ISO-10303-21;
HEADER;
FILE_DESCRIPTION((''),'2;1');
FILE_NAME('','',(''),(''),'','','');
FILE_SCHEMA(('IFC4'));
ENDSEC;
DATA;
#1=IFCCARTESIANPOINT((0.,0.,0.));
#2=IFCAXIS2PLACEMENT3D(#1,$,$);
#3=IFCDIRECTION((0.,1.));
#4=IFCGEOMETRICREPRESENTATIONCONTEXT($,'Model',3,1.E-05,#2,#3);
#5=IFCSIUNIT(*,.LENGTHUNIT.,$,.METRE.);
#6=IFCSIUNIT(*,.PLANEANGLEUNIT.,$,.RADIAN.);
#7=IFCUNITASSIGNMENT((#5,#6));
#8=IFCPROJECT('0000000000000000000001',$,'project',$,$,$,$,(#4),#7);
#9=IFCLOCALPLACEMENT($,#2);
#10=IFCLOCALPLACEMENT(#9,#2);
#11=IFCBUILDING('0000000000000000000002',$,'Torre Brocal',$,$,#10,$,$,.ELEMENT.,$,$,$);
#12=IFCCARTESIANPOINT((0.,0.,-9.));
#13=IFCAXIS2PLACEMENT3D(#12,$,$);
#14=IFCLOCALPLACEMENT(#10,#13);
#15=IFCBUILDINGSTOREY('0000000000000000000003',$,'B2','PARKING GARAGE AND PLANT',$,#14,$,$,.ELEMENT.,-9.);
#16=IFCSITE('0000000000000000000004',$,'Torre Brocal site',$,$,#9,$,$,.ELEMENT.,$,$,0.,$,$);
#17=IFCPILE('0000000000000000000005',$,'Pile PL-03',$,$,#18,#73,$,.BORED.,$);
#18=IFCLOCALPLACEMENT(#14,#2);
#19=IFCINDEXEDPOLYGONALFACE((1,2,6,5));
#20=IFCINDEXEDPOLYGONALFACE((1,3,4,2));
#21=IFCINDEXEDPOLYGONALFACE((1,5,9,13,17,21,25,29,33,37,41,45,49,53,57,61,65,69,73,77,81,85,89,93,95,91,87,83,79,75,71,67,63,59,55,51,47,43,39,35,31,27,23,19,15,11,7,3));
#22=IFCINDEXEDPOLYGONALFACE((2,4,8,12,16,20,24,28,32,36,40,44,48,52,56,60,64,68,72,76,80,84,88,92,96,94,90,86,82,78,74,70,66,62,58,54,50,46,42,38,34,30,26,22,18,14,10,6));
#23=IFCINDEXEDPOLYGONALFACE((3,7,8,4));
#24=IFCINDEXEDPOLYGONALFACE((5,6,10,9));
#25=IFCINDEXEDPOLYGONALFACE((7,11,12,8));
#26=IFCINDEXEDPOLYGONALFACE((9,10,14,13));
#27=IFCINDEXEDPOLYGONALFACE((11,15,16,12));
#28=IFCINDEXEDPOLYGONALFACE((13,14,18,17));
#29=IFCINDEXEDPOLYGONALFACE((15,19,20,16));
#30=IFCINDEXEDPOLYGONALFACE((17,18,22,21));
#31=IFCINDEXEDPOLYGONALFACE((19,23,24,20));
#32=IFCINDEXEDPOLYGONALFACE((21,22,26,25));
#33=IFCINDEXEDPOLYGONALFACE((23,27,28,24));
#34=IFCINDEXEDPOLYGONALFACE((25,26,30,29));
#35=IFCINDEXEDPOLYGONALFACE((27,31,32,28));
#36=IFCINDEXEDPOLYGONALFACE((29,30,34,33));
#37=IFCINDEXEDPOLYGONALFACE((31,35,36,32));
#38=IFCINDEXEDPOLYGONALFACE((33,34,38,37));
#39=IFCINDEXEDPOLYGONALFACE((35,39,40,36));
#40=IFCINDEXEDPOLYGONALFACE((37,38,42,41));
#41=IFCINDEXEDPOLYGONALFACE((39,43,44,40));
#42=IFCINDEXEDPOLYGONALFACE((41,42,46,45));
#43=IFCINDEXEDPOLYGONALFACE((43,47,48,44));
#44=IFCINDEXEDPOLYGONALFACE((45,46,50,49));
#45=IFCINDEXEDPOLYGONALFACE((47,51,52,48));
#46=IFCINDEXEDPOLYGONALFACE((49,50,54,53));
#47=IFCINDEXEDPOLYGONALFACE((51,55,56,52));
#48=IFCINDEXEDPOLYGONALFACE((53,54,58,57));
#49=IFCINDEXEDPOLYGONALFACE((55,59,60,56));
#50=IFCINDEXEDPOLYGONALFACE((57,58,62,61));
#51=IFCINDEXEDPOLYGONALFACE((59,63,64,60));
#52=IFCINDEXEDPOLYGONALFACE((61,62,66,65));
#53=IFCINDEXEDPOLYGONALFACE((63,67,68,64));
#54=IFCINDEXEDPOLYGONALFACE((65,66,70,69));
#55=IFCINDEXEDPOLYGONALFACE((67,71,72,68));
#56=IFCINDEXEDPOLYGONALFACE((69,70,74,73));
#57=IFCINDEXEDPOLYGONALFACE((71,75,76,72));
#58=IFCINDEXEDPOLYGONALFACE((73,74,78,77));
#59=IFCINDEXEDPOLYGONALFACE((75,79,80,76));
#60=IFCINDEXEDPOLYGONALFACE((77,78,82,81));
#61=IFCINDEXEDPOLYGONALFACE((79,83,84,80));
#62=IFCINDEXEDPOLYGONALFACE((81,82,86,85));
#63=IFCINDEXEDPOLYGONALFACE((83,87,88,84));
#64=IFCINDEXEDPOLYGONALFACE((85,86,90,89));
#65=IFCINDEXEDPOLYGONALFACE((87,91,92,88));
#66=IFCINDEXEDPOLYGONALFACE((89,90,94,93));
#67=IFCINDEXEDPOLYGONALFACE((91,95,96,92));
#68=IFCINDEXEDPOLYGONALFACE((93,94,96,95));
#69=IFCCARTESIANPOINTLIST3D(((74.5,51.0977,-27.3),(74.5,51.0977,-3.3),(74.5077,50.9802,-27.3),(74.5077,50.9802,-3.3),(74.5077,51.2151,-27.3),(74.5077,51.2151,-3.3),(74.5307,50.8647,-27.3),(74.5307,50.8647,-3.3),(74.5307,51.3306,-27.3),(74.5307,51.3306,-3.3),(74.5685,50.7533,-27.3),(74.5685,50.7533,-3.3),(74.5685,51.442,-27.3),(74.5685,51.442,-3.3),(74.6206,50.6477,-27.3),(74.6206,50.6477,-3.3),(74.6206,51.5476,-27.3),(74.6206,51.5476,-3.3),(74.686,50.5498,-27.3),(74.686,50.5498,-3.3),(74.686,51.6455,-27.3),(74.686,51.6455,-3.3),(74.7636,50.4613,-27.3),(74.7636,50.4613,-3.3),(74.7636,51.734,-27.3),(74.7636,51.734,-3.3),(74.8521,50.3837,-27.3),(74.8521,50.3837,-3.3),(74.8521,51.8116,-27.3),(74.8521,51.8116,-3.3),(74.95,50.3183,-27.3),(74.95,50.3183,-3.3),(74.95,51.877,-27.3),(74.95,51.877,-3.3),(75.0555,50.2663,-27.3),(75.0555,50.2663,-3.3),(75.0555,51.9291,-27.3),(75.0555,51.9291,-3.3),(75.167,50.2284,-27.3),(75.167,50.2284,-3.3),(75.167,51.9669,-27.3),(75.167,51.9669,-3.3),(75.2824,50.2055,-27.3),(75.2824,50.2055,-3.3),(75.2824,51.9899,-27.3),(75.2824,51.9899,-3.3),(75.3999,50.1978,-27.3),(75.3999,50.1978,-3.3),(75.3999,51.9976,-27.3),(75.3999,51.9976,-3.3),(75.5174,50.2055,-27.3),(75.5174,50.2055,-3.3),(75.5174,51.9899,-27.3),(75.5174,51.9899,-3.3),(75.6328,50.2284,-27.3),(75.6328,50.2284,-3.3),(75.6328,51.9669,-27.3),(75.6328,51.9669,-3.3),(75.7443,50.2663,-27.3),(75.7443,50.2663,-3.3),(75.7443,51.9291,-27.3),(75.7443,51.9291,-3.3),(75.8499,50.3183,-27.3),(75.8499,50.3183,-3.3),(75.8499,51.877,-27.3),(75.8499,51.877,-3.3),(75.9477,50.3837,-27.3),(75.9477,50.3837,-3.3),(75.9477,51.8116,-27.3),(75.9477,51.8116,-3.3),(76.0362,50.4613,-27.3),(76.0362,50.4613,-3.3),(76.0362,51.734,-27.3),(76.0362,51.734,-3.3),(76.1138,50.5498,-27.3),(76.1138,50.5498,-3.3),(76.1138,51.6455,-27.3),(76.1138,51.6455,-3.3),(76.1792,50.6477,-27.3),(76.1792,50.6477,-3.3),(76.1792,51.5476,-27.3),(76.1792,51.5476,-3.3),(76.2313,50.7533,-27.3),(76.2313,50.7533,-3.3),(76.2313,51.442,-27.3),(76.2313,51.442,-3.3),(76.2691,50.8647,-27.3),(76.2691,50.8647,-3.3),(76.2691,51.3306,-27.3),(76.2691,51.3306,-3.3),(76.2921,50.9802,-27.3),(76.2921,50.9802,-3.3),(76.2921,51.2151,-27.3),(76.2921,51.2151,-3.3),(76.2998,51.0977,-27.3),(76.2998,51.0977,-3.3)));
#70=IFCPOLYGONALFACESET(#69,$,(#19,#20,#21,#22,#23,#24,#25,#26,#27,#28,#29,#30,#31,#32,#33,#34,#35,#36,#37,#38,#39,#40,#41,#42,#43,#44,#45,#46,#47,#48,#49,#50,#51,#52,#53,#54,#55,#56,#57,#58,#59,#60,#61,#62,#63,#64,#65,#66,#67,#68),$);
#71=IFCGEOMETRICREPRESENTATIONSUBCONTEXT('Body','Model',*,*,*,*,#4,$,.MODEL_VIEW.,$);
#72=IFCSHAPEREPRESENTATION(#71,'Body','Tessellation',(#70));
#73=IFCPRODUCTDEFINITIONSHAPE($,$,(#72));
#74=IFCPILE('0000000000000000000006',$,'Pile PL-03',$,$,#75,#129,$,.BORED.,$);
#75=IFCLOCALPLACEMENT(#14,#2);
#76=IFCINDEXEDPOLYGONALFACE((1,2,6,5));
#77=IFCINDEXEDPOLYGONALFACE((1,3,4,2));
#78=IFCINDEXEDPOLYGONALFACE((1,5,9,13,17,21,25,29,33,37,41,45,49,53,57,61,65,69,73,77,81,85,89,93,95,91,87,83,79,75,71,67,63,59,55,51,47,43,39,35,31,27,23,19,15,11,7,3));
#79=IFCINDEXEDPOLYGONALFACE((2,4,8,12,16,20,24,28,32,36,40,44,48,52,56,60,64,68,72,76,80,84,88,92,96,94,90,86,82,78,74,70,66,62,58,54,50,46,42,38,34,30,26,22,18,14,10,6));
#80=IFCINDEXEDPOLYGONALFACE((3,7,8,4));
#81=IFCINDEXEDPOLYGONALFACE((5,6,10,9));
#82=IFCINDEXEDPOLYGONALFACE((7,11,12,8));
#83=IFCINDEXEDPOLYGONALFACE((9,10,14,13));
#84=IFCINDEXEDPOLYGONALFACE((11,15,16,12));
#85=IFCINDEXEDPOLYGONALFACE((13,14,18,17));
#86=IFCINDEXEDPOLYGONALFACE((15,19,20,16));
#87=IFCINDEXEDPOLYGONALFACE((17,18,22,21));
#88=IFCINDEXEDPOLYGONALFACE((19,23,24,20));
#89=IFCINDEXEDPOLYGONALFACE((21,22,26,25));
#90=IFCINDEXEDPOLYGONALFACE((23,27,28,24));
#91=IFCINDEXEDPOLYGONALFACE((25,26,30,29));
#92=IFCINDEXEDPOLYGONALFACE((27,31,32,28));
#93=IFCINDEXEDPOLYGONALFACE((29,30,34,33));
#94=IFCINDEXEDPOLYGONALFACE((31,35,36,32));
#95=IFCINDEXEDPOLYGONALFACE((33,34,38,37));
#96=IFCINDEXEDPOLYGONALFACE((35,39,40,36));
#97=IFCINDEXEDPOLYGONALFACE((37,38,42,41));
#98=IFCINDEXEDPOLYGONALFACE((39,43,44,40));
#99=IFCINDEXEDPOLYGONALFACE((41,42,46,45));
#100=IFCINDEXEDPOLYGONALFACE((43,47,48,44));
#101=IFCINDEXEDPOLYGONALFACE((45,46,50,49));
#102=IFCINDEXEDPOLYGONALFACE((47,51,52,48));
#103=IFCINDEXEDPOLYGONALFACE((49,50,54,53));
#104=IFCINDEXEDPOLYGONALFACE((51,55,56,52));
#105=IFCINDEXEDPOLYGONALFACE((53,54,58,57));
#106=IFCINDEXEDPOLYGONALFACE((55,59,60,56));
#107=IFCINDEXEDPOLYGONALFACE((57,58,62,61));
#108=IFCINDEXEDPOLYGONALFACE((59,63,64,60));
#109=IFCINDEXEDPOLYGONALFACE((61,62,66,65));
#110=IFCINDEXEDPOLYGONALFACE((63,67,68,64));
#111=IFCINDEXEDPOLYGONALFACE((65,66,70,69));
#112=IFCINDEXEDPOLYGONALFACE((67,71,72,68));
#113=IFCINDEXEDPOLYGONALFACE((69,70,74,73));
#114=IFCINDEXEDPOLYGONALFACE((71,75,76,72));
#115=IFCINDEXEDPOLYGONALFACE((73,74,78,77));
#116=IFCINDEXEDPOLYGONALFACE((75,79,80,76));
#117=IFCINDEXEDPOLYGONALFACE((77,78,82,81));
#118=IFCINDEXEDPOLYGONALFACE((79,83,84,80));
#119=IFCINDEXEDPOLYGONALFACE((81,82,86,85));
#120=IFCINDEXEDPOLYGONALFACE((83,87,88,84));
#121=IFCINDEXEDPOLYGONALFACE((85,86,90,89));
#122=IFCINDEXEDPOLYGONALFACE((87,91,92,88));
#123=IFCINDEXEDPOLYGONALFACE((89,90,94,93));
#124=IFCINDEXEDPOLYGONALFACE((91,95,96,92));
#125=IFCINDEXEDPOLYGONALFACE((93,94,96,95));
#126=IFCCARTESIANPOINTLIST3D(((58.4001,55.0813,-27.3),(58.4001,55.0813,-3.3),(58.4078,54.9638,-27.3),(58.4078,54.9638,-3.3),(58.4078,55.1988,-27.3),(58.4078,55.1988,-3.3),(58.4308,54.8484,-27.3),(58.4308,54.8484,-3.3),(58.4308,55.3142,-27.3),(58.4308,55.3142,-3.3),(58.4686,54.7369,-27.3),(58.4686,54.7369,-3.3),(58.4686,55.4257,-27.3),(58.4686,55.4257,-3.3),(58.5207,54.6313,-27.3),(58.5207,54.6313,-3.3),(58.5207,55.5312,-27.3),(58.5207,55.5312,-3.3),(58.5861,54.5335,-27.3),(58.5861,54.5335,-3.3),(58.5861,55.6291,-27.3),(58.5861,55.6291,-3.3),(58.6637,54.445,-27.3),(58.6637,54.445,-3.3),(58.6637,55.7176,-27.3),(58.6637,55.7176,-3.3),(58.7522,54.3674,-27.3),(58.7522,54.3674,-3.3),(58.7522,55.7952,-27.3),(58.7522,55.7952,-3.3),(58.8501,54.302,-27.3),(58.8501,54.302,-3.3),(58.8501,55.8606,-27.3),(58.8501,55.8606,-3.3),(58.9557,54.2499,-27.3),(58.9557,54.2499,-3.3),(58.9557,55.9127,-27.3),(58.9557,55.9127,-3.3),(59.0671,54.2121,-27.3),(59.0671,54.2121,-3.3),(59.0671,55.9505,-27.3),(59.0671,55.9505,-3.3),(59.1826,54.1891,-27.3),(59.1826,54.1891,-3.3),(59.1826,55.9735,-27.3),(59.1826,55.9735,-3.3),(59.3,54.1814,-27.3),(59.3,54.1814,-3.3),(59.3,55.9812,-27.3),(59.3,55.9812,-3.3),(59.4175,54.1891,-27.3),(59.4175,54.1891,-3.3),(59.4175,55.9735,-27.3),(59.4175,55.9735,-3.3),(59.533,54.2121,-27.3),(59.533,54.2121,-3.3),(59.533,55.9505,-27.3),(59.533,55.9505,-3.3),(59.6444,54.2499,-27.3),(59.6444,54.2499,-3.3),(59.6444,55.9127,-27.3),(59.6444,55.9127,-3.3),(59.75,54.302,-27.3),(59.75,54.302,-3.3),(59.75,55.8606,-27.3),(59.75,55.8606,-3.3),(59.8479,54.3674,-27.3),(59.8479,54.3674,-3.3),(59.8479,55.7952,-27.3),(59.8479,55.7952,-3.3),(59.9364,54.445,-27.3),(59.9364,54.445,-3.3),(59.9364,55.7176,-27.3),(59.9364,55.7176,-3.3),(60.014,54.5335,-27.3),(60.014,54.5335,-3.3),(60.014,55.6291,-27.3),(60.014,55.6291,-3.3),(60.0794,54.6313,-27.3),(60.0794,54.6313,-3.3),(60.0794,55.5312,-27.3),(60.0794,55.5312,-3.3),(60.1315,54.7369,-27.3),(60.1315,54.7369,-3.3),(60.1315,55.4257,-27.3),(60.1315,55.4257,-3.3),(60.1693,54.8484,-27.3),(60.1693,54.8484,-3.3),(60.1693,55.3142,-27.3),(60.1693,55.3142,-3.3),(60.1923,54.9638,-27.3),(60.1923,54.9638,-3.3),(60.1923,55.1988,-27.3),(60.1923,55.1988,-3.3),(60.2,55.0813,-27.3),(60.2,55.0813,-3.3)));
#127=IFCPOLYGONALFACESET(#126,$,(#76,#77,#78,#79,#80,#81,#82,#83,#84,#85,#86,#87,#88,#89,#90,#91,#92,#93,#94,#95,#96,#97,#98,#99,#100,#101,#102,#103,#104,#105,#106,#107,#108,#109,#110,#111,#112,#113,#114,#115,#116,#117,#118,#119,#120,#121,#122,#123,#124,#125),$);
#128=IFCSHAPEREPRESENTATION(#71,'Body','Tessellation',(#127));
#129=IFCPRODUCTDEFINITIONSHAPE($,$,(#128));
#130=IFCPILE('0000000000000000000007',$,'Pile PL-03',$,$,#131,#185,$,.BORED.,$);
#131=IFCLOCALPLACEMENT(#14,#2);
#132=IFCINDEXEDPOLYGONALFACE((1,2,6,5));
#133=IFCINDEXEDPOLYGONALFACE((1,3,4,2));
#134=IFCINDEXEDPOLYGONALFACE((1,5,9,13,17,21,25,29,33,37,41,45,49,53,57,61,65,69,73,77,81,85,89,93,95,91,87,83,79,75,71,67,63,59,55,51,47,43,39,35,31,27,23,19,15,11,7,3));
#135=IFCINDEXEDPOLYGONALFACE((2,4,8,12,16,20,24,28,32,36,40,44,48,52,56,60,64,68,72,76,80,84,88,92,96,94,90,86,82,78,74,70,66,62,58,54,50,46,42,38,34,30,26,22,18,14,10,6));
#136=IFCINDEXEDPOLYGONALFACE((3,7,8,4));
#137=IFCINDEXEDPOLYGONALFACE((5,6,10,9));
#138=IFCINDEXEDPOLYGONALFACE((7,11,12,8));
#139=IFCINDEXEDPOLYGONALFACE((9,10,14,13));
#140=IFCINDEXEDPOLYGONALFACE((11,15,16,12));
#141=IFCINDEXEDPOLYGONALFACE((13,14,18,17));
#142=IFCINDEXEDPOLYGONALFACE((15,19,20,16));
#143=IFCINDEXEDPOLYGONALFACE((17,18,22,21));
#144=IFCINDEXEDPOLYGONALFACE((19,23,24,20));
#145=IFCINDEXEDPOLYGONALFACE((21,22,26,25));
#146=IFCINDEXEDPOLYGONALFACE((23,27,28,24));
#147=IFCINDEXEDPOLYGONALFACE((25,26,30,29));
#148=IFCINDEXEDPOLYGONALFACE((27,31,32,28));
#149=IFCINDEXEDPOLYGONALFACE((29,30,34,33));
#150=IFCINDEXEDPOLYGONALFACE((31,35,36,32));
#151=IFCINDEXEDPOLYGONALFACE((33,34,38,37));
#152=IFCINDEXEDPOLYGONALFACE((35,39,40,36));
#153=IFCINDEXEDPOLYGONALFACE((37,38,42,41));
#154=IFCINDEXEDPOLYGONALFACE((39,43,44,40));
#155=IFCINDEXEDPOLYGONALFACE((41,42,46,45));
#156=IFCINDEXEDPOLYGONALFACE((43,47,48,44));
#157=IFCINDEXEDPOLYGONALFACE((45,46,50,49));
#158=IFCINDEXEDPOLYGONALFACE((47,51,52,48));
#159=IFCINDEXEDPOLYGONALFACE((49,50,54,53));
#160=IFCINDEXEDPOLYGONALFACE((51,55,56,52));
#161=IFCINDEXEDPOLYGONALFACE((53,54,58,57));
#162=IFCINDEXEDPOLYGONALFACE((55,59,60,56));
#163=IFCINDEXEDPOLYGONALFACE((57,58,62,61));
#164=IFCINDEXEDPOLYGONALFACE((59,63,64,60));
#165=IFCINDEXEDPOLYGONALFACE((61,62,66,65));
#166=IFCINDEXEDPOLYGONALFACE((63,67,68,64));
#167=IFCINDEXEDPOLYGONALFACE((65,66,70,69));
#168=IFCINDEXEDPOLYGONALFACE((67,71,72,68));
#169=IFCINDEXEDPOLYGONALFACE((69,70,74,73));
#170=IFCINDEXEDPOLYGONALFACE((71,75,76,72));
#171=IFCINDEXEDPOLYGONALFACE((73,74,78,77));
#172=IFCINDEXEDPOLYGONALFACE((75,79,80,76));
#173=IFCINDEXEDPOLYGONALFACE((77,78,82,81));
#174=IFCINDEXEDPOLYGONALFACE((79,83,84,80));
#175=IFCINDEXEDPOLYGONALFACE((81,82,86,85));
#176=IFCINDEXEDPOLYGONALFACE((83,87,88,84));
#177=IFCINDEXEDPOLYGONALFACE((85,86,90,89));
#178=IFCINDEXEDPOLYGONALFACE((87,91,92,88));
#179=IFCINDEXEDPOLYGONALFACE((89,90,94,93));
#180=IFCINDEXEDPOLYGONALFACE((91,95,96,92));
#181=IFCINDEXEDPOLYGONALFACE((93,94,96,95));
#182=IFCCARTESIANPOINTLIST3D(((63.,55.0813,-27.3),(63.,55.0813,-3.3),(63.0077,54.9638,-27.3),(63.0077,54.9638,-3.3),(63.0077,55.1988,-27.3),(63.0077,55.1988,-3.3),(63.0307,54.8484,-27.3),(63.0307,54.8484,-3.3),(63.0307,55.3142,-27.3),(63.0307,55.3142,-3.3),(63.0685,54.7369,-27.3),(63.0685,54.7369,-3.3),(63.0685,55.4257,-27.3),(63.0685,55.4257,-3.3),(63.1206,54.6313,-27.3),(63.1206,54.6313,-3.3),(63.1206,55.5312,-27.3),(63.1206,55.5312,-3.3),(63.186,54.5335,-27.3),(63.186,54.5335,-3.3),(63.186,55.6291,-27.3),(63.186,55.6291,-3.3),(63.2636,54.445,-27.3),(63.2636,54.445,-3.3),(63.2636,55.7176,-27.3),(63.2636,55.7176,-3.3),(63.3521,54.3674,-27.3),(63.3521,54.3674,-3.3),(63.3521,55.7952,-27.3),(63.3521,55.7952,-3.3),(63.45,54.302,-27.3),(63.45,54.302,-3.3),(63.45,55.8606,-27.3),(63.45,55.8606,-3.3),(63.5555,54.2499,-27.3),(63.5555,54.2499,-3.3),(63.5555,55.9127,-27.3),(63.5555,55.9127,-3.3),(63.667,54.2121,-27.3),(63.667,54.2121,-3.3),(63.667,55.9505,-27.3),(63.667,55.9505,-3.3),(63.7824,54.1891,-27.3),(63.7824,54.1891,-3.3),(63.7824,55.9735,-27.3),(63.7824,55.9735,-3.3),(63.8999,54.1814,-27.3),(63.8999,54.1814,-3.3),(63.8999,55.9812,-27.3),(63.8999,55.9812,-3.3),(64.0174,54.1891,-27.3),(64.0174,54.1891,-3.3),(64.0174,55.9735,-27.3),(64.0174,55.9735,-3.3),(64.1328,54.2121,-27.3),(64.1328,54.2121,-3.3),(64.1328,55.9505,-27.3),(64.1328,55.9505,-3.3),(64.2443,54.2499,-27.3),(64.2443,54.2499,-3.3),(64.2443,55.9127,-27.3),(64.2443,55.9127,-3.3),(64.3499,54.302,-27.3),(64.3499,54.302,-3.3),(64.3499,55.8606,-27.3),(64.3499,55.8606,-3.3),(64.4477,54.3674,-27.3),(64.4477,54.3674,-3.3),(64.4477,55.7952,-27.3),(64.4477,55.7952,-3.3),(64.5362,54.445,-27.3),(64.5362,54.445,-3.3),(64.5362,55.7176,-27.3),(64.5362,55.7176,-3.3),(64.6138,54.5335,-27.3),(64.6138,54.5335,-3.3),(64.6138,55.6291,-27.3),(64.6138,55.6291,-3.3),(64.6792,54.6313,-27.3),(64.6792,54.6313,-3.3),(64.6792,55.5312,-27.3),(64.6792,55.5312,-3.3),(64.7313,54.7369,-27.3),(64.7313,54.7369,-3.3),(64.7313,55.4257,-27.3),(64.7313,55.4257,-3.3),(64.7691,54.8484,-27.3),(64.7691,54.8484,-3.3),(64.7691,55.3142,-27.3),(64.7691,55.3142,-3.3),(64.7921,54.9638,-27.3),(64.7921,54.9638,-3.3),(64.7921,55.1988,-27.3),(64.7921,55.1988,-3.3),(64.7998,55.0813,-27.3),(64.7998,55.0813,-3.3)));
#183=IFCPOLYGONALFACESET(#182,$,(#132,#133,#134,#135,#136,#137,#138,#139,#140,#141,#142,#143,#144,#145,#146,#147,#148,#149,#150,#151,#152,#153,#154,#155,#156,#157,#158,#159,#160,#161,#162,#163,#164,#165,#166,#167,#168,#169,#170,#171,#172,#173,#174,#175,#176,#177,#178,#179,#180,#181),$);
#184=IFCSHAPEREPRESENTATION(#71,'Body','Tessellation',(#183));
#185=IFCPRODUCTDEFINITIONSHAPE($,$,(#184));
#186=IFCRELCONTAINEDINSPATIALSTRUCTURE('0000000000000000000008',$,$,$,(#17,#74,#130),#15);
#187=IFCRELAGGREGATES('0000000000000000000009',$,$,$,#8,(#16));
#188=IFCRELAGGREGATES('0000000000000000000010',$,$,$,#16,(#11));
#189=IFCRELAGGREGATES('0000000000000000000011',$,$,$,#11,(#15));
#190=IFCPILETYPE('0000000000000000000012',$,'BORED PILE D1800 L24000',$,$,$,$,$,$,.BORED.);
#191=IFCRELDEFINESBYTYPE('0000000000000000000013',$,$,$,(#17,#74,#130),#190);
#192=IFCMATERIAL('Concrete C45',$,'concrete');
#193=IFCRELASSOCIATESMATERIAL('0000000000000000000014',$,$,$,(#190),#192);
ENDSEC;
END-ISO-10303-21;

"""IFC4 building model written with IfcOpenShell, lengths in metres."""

from ifc_helpers import new_model, si_unit, direction, frame, origin, origin_2d, place, context, subcontext, project, spatial, circle, extrude, material, material_profile, profile_set, type_object, element, save


model = new_model("IFC4")

# Units and contexts
model_context = context("Model", 3, precision=1e-05, world=origin(), true_north=direction((0.0, 1.0)))
body_context = subcontext(model_context, "Body", "Model", "MODEL_VIEW")
ifc_project = project(units=[si_unit("LENGTHUNIT", "METRE"), si_unit("PLANEANGLEUNIT", "RADIAN")], contexts=[model_context])

# Site, building, storey
site_placement = place(None, origin())
site = spatial("IfcSite", under=ifc_project, at=site_placement, Name="Torre Brocal site", CompositionType="ELEMENT", RefElevation=0.0)
building_placement = place(site_placement, origin())
building = spatial("IfcBuilding", under=site, at=building_placement, Name="Torre Brocal", CompositionType="ELEMENT")
storey_placement = place(building_placement, frame((0.0, 0.0, -9.0)))
storey = spatial("IfcBuildingStorey", under=building, at=storey_placement, Name="B2", Description="PARKING GARAGE AND PLANT", CompositionType="ELEMENT", Elevation=-9.0)

# Piles
ifc_material_1 = material(Name="Concrete C45", Category="concrete")
ifc_material_profile_1 = material_profile(ifc_material_1, circle(Radius=0.8999, at=origin_2d()), Name="BORED PILE D1800")
ifc_profile_set_1 = profile_set([ifc_material_profile_1], Name="Concrete C45")
pile_type_1 = type_object("IfcPileType", Name="BORED PILE D1800 L24000", PredefinedType="BORED", material=ifc_profile_set_1)
for number, where, z_axis, x_axis, name in (
    (1, (75.3999, 51.0977, -3.3), (0.0, 0.0, -1.0), (1.0, 0.0, 0.0), "Pile PL-03"),
    (2, (59.3, 55.0813, -3.3), (0.0, 0.0, -1.0), (1.0, 0.0, 0.0), "Pile PL-03"),
    (3, (63.8999, 55.0813, -3.3), (0.0, 0.0, -1.0), (1.0, 0.0, 0.0), "Pile PL-03"),
):
    element("IfcPile", number, at=place(storey_placement, frame(where, z_axis=z_axis, x_axis=x_axis)), inside=storey, type_object=pile_type_1, Name=name, PredefinedType="BORED", context=body_context, shape_type="SweptSolid", body=[
        extrude(circle(Radius=0.8999, at=origin_2d()), origin(), (0.0, 0.0, 1.0), 24.0),
    ])

save(model, "model.ifc")
